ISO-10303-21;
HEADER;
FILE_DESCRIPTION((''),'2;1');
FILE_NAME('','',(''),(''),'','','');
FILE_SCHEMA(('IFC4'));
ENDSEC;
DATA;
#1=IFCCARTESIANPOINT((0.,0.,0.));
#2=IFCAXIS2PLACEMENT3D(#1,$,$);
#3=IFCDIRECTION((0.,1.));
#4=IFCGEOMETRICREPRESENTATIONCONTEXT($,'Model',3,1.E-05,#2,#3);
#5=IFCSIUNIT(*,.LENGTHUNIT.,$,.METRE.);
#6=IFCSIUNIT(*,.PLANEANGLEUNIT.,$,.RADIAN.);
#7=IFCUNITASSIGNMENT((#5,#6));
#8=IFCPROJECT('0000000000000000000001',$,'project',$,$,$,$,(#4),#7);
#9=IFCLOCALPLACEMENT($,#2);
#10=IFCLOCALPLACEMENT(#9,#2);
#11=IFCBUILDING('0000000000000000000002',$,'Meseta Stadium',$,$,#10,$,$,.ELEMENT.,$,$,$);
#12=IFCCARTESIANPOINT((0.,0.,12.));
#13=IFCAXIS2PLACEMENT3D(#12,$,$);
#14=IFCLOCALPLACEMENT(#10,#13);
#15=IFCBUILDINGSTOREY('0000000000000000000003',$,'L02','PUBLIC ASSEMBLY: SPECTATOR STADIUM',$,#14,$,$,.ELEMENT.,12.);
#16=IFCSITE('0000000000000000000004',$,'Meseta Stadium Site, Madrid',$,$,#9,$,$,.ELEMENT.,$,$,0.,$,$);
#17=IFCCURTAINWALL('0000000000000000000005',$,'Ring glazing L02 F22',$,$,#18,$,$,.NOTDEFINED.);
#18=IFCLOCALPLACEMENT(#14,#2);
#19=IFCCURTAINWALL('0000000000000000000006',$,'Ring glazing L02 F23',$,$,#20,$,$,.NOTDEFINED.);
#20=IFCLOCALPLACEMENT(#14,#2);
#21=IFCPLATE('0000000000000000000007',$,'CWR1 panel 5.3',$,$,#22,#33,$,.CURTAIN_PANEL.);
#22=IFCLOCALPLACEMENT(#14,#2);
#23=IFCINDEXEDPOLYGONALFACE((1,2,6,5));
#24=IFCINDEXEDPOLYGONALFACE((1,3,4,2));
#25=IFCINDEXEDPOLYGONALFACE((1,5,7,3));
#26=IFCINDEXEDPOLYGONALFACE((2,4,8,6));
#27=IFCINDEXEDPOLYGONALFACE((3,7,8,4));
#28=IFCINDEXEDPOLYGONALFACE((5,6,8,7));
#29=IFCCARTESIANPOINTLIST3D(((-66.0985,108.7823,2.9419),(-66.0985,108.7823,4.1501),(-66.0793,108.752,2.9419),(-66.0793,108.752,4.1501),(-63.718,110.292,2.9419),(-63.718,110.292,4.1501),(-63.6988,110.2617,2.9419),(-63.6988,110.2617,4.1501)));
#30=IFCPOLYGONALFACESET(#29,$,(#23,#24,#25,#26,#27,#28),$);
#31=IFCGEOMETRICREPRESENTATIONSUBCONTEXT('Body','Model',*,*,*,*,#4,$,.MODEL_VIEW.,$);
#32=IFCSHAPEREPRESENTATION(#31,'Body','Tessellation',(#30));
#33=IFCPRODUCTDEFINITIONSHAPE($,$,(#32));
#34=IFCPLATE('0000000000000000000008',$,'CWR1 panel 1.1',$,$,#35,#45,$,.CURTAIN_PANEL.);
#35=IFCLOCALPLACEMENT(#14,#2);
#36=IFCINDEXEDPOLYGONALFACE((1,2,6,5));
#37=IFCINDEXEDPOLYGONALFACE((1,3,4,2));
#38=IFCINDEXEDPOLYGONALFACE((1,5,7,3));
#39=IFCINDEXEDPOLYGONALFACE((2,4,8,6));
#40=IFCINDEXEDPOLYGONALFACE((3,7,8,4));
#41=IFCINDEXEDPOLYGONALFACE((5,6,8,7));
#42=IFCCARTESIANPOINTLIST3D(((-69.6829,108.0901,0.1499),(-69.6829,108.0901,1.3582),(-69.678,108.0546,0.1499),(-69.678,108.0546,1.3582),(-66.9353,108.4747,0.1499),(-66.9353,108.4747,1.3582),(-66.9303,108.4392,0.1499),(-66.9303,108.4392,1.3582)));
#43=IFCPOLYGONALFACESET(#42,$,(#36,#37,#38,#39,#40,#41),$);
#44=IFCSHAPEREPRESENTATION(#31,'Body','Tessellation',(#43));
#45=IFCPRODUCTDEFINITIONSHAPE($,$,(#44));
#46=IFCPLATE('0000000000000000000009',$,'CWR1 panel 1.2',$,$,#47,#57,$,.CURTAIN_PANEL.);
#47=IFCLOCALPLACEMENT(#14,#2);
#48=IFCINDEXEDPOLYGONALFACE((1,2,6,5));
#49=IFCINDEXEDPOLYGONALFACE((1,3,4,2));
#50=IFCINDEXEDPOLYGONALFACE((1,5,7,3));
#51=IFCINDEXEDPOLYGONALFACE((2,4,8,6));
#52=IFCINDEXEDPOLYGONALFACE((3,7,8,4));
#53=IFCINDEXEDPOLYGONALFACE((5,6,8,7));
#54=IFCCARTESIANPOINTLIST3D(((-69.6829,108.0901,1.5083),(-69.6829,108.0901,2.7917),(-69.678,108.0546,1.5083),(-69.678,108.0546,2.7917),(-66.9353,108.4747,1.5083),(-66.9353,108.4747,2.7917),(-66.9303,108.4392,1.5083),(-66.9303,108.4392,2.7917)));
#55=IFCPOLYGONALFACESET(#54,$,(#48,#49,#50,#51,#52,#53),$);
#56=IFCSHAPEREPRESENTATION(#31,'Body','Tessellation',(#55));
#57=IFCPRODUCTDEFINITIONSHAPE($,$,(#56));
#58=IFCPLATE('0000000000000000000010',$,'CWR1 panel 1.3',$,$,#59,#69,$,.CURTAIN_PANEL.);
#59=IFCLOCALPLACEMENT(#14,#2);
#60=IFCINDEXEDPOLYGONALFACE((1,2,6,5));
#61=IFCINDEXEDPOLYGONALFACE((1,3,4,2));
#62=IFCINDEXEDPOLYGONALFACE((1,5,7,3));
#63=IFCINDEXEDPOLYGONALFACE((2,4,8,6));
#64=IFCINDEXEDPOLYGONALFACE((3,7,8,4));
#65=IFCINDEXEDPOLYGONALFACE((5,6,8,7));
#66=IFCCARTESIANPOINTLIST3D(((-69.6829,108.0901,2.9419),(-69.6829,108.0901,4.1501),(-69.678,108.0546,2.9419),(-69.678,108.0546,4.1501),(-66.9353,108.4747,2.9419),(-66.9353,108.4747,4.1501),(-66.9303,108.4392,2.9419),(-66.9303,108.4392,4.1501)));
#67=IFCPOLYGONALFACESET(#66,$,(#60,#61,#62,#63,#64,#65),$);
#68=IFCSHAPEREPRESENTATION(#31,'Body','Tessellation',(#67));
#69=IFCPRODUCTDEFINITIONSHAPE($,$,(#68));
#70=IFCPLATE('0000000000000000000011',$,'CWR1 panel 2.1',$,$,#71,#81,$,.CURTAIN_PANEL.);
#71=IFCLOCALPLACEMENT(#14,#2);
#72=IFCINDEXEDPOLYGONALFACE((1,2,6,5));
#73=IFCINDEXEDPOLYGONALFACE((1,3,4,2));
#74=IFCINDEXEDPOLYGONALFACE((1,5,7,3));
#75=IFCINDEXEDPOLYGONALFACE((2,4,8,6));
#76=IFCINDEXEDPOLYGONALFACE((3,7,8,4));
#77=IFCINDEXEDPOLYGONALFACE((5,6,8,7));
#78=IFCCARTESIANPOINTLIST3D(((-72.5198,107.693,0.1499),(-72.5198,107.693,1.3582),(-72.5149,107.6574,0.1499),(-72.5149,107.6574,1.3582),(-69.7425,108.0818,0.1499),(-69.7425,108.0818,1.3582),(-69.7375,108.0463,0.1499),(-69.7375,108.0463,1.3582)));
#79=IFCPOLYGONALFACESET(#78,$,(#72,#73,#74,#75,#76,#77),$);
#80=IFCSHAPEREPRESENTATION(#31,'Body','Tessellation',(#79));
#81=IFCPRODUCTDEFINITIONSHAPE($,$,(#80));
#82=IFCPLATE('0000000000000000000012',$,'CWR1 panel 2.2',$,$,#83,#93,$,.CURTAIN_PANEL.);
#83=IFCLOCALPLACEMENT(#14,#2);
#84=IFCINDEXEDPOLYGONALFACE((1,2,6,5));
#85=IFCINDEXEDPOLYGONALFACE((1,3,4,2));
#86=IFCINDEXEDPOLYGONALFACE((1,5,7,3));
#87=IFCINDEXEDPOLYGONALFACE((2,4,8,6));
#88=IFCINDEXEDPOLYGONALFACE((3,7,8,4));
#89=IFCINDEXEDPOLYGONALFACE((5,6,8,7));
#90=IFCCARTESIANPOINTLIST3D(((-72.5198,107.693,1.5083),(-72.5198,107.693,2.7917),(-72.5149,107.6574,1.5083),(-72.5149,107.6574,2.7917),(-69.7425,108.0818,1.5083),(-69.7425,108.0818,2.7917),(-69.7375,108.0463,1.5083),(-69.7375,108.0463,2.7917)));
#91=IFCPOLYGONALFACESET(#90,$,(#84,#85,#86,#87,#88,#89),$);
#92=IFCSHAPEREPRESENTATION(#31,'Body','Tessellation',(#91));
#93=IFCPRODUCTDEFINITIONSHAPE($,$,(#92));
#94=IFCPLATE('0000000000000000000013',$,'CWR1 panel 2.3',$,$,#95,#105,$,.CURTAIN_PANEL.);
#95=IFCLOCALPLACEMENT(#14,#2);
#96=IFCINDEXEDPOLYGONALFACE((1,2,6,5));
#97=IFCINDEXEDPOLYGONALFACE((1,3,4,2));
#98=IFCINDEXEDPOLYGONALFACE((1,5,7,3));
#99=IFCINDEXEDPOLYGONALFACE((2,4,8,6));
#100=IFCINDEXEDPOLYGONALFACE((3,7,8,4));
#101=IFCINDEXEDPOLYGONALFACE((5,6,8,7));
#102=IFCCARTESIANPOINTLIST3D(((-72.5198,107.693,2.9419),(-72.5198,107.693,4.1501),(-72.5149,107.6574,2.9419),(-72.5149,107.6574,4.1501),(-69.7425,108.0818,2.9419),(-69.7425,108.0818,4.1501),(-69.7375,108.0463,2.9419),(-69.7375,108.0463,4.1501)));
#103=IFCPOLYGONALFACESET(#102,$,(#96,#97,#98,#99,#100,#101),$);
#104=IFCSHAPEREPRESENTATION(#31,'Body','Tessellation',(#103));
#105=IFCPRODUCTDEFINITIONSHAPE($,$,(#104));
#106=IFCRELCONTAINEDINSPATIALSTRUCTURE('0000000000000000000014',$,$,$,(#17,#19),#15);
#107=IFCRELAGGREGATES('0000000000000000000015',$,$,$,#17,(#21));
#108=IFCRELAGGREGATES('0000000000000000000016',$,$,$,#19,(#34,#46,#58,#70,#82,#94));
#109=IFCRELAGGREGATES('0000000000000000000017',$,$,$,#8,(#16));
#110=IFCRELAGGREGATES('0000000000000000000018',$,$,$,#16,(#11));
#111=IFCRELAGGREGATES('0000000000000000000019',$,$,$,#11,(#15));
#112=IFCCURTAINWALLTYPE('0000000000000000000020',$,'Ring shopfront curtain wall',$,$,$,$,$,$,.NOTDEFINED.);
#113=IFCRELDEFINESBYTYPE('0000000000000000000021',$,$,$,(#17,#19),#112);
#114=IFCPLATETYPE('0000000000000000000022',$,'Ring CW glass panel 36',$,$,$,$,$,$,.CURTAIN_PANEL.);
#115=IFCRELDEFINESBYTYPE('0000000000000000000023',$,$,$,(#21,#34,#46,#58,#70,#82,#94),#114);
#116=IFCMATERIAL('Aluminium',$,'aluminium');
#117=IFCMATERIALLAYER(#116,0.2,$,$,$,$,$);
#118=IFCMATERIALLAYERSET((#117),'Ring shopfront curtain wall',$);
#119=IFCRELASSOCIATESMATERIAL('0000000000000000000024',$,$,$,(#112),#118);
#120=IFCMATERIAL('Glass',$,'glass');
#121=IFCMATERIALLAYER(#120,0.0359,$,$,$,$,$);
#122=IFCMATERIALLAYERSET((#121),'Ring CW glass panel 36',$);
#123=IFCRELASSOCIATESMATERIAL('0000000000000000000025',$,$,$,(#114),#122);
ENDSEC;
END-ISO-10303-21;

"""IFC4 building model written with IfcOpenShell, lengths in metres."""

from ifc_helpers import new_model, si_unit, direction, frame, origin, origin_2d, place, context, subcontext, project, spatial, rectangle, extrude, material, layer, layer_set, type_object, element, aggregate, save


model = new_model("IFC4")

# Units and contexts
model_context = context("Model", 3, precision=1e-05, world=origin(), true_north=direction((0.0, 1.0)))
body_context = subcontext(model_context, "Body", "Model", "MODEL_VIEW")
ifc_project = project(units=[si_unit("LENGTHUNIT", "METRE"), si_unit("PLANEANGLEUNIT", "RADIAN")], contexts=[model_context])

# Site, building, storey
site_placement = place(None, origin())
site = spatial("IfcSite", under=ifc_project, at=site_placement, Name="Meseta Stadium Site, Madrid", CompositionType="ELEMENT", RefElevation=0.0)
building_placement = place(site_placement, origin())
building = spatial("IfcBuilding", under=site, at=building_placement, Name="Meseta Stadium", CompositionType="ELEMENT")
storey_placement = place(building_placement, frame((0.0, 0.0, 12.0)))
storey = spatial("IfcBuildingStorey", under=building, at=storey_placement, Name="L02", Description="PUBLIC ASSEMBLY: SPECTATOR STADIUM", CompositionType="ELEMENT", Elevation=12.0)

# Curtain walls
ifc_material_1 = material(Name="Aluminium", Category="aluminium")
ifc_layer_1 = layer(ifc_material_1, 0.2)
ifc_layer_set_1 = layer_set([ifc_layer_1], Name="Ring shopfront curtain wall")
curtain_wall_type = type_object("IfcCurtainWallType", Name="Ring shopfront curtain wall", PredefinedType="NOTDEFINED", material=ifc_layer_set_1)
curtain_wall_1_placement = place(storey_placement, origin())
curtain_wall_1 = element("IfcCurtainWall", 1, at=curtain_wall_1_placement, inside=storey, type_object=curtain_wall_type, Name="Ring glazing L02 F22", PredefinedType="NOTDEFINED")
curtain_wall_2_placement = place(storey_placement, origin())
curtain_wall_2 = element("IfcCurtainWall", 2, at=curtain_wall_2_placement, inside=storey, type_object=curtain_wall_type, Name="Ring glazing L02 F23", PredefinedType="NOTDEFINED")

# Plates
ifc_material_2 = material(Name="Glass", Category="glass")
ifc_layer_2 = layer(ifc_material_2, 0.0359)
ifc_layer_set_2 = layer_set([ifc_layer_2], Name="Ring CW glass panel 36")
plate_type = type_object("IfcPlateType", Name="Ring CW glass panel 36", PredefinedType="CURTAIN_PANEL", material=ifc_layer_set_2)
plate_1_placement = place(storey_placement, frame((-64.8987, 109.522, 2.9419), z_axis=(0.0, 0.0, 1.0), x_axis=(-0.844491, -0.535569, 0.0)))
plate_1 = element("IfcPlate", 3, at=plate_1_placement, type_object=plate_type, Name="CWR1 panel 5.3", PredefinedType="CURTAIN_PANEL", context=body_context, shape_type="SweptSolid", body=[
    extrude(rectangle(XDim=2.8188, YDim=0.0359, at=origin_2d()), origin(), (0.0, 0.0, 1.0), 1.2083),
])
aggregate(curtain_wall_1, [plate_1])
plate_2_placement = place(storey_placement, frame((-68.3066, 108.2646, 0.1499), z_axis=(0.0, 0.0, 1.0), x_axis=(-0.990342, -0.138643, 0.0)))
plate_2 = element("IfcPlate", 4, at=plate_2_placement, type_object=plate_type, Name="CWR1 panel 1.1", PredefinedType="CURTAIN_PANEL", context=body_context, shape_type="SweptSolid", body=[
    extrude(rectangle(XDim=2.7744, YDim=0.0359, at=origin_2d()), origin(), (0.0, 0.0, 1.0), 1.2083),
])
plate_3_placement = place(storey_placement, frame((-68.3066, 108.2646, 1.5083), z_axis=(0.0, 0.0, 1.0), x_axis=(-0.990342, -0.138643, 0.0)))
plate_3 = element("IfcPlate", 5, at=plate_3_placement, type_object=plate_type, Name="CWR1 panel 1.2", PredefinedType="CURTAIN_PANEL", context=body_context, shape_type="SweptSolid", body=[
    extrude(rectangle(XDim=2.7744, YDim=0.0359, at=origin_2d()), origin(), (0.0, 0.0, 1.0), 1.2834),
])
plate_4_placement = place(storey_placement, frame((-68.3066, 108.2646, 2.9419), z_axis=(0.0, 0.0, 1.0), x_axis=(-0.990342, -0.138643, 0.0)))
plate_4 = element("IfcPlate", 6, at=plate_4_placement, type_object=plate_type, Name="CWR1 panel 1.3", PredefinedType="CURTAIN_PANEL", context=body_context, shape_type="SweptSolid", body=[
    extrude(rectangle(XDim=2.7744, YDim=0.0359, at=origin_2d()), origin(), (0.0, 0.0, 1.0), 1.2083),
])
plate_5_placement = place(storey_placement, frame((-71.1287, 107.8696, 0.1499), z_axis=(0.0, 0.0, 1.0), x_axis=(-0.990342, -0.138643, 0.0)))
plate_5 = element("IfcPlate", 7, at=plate_5_placement, type_object=plate_type, Name="CWR1 panel 2.1", PredefinedType="CURTAIN_PANEL", context=body_context, shape_type="SweptSolid", body=[
    extrude(rectangle(XDim=2.8044, YDim=0.0359, at=origin_2d()), origin(), (0.0, 0.0, 1.0), 1.2083),
])
plate_6_placement = place(storey_placement, frame((-71.1287, 107.8696, 1.5083), z_axis=(0.0, 0.0, 1.0), x_axis=(-0.990342, -0.138643, 0.0)))
plate_6 = element("IfcPlate", 8, at=plate_6_placement, type_object=plate_type, Name="CWR1 panel 2.2", PredefinedType="CURTAIN_PANEL", context=body_context, shape_type="SweptSolid", body=[
    extrude(rectangle(XDim=2.8044, YDim=0.0359, at=origin_2d()), origin(), (0.0, 0.0, 1.0), 1.2834),
])
plate_7_placement = place(storey_placement, frame((-71.1287, 107.8696, 2.9419), z_axis=(0.0, 0.0, 1.0), x_axis=(-0.990342, -0.138643, 0.0)))
plate_7 = element("IfcPlate", 9, at=plate_7_placement, type_object=plate_type, Name="CWR1 panel 2.3", PredefinedType="CURTAIN_PANEL", context=body_context, shape_type="SweptSolid", body=[
    extrude(rectangle(XDim=2.8044, YDim=0.0359, at=origin_2d()), origin(), (0.0, 0.0, 1.0), 1.2083),
])
aggregate(curtain_wall_2, [plate_2, plate_3, plate_4, plate_5, plate_6, plate_7])

save(model, "model.ifc")
